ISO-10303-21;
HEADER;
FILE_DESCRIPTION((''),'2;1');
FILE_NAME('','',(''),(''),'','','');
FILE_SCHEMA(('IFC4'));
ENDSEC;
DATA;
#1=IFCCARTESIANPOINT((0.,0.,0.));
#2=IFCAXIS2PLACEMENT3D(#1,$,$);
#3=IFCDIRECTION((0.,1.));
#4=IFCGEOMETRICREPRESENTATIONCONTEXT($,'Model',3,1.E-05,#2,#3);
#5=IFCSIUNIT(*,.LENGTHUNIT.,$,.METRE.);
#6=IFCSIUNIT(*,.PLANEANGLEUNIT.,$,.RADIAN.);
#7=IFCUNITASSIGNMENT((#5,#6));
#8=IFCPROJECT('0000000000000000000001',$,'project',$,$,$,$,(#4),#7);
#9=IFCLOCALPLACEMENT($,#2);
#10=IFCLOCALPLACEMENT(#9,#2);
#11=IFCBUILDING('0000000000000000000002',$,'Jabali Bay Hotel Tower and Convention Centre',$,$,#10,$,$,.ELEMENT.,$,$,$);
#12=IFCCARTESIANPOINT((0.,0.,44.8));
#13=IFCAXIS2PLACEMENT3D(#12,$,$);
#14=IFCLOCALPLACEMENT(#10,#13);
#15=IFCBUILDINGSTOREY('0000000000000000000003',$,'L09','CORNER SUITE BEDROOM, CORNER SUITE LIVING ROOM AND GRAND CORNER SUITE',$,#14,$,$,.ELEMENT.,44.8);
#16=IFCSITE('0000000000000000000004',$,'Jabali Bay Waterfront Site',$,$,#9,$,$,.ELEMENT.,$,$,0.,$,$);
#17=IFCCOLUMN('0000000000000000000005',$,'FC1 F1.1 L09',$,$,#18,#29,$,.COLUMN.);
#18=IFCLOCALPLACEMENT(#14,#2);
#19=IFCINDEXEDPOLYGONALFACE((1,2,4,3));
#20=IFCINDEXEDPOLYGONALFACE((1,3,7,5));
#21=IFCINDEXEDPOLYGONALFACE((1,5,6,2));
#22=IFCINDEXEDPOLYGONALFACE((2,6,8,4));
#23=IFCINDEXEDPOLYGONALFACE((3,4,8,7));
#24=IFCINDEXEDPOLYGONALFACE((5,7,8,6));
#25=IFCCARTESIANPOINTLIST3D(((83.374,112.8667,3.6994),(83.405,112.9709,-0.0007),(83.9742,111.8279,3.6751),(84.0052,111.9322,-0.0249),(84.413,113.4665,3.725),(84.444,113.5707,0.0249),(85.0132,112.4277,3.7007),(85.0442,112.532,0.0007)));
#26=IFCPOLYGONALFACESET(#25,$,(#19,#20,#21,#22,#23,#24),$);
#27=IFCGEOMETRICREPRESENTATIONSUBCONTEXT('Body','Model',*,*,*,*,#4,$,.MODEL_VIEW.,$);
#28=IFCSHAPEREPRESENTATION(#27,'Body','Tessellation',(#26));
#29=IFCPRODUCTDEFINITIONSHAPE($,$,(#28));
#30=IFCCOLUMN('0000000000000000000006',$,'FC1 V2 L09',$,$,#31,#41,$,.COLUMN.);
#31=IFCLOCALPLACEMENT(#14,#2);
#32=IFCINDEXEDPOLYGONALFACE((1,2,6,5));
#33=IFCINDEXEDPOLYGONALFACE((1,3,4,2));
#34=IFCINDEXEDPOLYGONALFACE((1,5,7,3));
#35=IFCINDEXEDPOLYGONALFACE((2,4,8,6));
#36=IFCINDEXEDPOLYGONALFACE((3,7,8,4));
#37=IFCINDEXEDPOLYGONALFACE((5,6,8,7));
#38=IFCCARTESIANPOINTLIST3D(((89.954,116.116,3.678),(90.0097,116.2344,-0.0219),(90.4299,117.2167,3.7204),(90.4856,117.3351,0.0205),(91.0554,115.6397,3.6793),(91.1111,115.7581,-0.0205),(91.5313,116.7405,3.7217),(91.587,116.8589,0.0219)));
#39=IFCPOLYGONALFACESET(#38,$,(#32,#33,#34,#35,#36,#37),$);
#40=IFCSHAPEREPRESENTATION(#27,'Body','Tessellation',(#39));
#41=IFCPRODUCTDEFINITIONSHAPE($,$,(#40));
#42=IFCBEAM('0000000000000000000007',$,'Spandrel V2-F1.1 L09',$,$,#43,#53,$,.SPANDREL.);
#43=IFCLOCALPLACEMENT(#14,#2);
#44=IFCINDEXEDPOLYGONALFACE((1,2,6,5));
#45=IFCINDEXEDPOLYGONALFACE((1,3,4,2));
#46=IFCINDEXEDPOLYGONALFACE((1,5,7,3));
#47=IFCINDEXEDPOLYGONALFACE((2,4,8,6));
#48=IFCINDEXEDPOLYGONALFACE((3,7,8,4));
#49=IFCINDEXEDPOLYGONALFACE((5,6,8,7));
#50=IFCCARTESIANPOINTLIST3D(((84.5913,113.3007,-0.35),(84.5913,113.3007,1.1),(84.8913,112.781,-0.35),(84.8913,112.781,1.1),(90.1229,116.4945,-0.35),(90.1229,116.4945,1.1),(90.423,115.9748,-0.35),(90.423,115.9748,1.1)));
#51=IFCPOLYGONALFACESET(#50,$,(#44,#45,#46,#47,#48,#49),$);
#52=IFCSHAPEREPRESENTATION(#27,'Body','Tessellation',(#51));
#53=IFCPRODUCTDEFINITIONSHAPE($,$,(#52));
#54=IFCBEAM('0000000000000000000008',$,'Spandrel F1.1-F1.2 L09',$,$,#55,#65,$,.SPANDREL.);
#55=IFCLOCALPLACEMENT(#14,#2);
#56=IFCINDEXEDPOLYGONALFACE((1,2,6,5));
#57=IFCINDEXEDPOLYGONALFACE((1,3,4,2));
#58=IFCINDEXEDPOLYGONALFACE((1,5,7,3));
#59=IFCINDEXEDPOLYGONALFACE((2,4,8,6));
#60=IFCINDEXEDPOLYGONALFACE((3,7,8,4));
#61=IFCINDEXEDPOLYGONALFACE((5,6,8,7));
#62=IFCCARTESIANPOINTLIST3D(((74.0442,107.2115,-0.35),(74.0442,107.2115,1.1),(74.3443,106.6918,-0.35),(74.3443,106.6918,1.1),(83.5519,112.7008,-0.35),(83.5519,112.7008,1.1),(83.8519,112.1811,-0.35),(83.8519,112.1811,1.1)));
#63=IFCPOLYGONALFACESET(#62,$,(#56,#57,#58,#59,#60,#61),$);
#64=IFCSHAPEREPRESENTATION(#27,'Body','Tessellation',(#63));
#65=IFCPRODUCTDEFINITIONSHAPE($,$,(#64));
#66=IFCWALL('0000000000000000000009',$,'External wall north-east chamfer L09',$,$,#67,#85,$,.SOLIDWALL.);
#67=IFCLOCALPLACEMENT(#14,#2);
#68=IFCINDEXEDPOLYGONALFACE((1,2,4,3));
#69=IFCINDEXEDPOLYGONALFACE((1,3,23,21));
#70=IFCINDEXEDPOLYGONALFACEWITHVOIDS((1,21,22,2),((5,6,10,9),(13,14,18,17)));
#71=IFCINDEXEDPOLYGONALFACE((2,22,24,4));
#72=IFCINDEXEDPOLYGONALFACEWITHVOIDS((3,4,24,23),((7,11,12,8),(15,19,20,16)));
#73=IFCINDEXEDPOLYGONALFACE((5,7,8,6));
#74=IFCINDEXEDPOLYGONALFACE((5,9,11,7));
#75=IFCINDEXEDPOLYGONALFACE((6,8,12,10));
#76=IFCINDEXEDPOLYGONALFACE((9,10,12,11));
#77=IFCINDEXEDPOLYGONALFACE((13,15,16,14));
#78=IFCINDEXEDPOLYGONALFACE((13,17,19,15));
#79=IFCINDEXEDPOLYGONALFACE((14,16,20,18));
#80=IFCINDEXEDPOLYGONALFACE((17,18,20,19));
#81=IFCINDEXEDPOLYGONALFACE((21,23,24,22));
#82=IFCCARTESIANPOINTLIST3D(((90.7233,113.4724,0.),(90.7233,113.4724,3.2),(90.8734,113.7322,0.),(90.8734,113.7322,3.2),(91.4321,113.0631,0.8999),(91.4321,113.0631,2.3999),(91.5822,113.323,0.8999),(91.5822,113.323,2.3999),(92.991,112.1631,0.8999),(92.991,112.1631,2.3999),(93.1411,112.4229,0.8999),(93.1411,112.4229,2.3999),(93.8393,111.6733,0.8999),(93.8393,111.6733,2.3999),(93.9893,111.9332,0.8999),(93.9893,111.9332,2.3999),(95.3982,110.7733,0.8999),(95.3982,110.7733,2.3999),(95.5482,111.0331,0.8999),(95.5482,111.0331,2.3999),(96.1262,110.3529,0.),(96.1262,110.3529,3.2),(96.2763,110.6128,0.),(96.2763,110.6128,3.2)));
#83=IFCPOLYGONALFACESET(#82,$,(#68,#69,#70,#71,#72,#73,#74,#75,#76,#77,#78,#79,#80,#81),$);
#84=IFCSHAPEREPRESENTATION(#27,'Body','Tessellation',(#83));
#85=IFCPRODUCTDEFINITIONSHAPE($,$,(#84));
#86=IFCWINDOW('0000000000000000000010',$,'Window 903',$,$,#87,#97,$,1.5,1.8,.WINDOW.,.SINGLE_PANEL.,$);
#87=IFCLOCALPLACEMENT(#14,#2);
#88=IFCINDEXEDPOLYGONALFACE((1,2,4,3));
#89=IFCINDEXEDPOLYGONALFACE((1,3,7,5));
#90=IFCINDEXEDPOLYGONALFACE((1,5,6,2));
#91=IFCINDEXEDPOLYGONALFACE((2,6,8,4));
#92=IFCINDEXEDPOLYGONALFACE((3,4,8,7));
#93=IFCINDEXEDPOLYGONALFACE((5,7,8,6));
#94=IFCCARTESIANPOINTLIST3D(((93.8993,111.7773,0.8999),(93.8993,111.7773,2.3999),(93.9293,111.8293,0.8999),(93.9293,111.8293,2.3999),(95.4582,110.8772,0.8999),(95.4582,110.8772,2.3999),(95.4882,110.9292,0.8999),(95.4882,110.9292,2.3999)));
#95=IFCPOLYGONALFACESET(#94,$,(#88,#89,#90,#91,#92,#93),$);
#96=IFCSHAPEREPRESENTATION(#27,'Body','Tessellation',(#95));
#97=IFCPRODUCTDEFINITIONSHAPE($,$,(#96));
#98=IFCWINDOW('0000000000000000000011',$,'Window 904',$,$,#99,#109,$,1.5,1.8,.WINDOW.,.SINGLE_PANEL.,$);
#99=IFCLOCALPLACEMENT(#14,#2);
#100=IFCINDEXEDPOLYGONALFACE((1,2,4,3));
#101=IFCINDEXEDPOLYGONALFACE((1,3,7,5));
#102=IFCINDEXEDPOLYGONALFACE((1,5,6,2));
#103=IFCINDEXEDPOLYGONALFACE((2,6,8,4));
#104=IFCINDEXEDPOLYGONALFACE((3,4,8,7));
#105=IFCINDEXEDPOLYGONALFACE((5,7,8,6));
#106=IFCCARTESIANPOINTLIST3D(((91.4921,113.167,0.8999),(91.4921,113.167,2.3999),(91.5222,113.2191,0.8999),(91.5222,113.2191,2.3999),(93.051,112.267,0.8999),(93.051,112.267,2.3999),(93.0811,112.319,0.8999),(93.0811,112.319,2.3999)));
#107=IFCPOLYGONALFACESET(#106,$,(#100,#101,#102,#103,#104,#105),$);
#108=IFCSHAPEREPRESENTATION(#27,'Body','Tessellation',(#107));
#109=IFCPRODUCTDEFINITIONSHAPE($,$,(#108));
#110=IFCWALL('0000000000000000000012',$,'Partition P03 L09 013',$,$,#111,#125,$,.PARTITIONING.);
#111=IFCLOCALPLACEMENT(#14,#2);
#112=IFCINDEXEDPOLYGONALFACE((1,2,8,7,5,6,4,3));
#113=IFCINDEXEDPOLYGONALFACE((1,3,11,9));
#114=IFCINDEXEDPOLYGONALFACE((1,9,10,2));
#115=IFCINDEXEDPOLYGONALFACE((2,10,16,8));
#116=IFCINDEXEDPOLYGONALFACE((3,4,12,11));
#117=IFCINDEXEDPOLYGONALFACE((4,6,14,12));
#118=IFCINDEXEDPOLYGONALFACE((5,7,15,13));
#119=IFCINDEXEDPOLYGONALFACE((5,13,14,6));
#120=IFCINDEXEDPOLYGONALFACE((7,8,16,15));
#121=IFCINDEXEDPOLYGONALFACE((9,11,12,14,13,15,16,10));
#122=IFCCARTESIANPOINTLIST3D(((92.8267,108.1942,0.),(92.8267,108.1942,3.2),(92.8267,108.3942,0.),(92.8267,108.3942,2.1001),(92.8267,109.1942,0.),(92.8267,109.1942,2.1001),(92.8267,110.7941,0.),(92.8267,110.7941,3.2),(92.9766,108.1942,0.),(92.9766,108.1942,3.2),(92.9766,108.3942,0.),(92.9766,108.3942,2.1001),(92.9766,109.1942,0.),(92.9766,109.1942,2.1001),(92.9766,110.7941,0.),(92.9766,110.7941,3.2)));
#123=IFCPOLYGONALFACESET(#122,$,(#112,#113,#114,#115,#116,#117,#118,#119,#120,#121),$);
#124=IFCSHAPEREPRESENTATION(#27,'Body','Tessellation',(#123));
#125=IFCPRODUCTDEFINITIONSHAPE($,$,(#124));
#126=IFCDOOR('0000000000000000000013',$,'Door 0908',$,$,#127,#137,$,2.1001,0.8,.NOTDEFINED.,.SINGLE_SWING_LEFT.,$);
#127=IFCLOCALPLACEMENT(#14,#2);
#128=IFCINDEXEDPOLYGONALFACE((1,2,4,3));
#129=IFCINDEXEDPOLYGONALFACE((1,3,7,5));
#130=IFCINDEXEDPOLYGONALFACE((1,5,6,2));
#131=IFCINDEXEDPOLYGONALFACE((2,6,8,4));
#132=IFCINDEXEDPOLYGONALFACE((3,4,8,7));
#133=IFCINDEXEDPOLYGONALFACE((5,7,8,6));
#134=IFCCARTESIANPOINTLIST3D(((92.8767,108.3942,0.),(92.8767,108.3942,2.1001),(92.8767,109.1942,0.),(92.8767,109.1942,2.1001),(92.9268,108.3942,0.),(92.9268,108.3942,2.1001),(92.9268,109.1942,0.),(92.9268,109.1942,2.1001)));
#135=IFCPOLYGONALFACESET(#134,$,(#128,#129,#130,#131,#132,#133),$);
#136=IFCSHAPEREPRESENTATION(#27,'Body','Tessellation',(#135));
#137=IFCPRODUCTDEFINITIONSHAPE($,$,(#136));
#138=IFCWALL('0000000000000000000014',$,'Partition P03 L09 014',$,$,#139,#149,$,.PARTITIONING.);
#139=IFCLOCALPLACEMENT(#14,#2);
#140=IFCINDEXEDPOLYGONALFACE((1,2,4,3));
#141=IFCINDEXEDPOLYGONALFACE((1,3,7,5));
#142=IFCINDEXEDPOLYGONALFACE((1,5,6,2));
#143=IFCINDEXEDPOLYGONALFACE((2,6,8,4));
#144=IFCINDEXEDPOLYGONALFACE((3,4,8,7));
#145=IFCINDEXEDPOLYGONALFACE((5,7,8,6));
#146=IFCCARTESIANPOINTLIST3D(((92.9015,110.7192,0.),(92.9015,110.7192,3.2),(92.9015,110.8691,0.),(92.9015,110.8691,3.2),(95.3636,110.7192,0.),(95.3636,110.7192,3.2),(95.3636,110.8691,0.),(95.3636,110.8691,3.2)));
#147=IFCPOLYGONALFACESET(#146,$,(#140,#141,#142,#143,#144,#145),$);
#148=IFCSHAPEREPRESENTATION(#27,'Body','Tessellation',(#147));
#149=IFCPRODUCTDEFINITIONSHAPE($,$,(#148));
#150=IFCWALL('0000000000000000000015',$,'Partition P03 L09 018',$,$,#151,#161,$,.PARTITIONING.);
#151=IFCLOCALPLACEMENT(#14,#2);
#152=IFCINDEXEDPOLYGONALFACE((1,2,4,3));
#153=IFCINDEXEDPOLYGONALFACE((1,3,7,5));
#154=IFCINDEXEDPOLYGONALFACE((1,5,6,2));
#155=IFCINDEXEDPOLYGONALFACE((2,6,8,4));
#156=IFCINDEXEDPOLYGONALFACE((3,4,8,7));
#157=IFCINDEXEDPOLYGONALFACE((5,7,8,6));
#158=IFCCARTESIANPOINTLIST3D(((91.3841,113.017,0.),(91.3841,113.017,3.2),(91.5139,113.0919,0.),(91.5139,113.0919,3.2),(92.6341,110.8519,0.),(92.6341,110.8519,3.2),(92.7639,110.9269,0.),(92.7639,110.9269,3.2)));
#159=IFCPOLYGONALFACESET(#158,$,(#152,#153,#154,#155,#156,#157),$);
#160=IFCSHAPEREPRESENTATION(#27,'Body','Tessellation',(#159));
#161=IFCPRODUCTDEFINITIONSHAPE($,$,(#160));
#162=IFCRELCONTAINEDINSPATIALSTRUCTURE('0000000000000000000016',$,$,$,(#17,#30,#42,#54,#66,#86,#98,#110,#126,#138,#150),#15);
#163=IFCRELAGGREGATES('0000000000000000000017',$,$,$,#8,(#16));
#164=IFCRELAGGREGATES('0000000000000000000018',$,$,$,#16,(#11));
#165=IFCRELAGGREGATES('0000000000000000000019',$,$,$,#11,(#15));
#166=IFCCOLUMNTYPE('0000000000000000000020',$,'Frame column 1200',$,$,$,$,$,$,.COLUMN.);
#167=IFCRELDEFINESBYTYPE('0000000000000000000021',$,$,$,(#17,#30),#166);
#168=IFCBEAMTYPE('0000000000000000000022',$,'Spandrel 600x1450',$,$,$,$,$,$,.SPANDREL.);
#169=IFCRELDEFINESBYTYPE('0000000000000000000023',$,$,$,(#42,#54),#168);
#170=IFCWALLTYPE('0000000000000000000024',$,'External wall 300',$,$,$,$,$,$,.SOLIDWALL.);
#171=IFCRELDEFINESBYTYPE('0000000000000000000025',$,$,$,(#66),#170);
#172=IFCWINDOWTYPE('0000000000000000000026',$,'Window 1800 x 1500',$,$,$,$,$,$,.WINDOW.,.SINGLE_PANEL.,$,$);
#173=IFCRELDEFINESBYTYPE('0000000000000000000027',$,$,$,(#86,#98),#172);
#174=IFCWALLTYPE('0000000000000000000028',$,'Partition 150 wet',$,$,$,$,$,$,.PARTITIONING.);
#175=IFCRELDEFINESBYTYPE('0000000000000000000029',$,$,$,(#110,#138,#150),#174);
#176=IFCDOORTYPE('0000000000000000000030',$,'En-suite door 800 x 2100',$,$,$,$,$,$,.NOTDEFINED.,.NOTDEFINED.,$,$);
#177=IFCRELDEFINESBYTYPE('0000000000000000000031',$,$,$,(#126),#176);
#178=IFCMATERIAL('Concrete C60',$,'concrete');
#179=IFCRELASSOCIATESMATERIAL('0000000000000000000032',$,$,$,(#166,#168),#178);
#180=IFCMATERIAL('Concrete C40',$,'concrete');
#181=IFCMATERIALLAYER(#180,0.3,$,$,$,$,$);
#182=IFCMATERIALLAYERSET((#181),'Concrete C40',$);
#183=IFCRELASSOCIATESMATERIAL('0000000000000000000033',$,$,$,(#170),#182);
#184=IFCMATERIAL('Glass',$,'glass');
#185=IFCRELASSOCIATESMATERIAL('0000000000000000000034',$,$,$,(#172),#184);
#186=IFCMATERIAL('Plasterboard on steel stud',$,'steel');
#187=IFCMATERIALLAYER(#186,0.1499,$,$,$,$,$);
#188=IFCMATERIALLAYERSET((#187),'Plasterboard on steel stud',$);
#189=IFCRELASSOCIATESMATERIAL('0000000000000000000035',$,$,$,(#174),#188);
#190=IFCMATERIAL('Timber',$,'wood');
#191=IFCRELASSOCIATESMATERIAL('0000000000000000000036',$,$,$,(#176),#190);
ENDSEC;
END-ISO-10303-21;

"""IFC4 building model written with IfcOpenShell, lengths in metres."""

from ifc_helpers import new_model, si_unit, direction, frame, frame_2d, origin, origin_2d, place, context, subcontext, project, spatial, rectangle, extrude, material, layer, layer_set, material_profile, profile_set, type_object, element, fill, save


model = new_model("IFC4")

# Units and contexts
model_context = context("Model", 3, precision=1e-05, world=origin(), true_north=direction((0.0, 1.0)))
body_context = subcontext(model_context, "Body", "Model", "MODEL_VIEW")
ifc_project = project(units=[si_unit("LENGTHUNIT", "METRE"), si_unit("PLANEANGLEUNIT", "RADIAN")], contexts=[model_context])

# Site, building, storey
site_placement = place(None, origin())
site = spatial("IfcSite", under=ifc_project, at=site_placement, Name="Jabali Bay Waterfront Site", CompositionType="ELEMENT", RefElevation=0.0)
building_placement = place(site_placement, origin())
building = spatial("IfcBuilding", under=site, at=building_placement, Name="Jabali Bay Hotel Tower and Convention Centre", CompositionType="ELEMENT")
storey_placement = place(building_placement, frame((0.0, 0.0, 44.8)))
storey = spatial("IfcBuildingStorey", under=building, at=storey_placement, Name="L09", Description="CORNER SUITE BEDROOM, CORNER SUITE LIVING ROOM AND GRAND CORNER SUITE", CompositionType="ELEMENT", Elevation=44.8)

# Columns
ifc_material_1 = material(Name="Concrete C60", Category="concrete")
ifc_material_profile_1 = material_profile(ifc_material_1, rectangle(XDim=1.2, YDim=1.2, at=origin_2d()), Name="Frame column 1200")
ifc_profile_set_1 = profile_set([ifc_material_profile_1], Name="Concrete C60")
column_type = type_object("IfcColumnType", Name="Frame column 1200", PredefinedType="COLUMN", material=ifc_profile_set_1)
column_1_placement = place(storey_placement, frame((84.2246, 112.7515, 0.0), z_axis=(-0.008376, -0.028163, 0.999568), x_axis=(0.865853, 0.499842, 0.021339)))
element("IfcColumn", 1, at=column_1_placement, inside=storey, type_object=column_type, Name="FC1 F1.1 L09", PredefinedType="COLUMN", context=body_context, shape_type="SweptSolid", body=[
    extrude(rectangle(XDim=1.2, YDim=1.2, at=origin_2d()), origin(), (0.0, 0.0, 1.0), 3.7017),
])
column_2_placement = place(storey_placement, frame((90.7983, 116.5466, 0.0), z_axis=(-0.015035, -0.031983, 0.999375), x_axis=(0.91787, -0.396881, 0.001108)))
element("IfcColumn", 2, at=column_2_placement, inside=storey, type_object=column_type, Name="FC1 V2 L09", PredefinedType="COLUMN", context=body_context, shape_type="SweptSolid", body=[
    extrude(rectangle(XDim=1.2, YDim=1.2, at=origin_2d()), origin(), (0.0, 0.0, 1.0), 3.7021),
])

# Beams
ifc_material_profile_2 = material_profile(ifc_material_1, rectangle(XDim=0.6001, YDim=1.45, at=origin_2d()), Name="Spandrel 600x1450")
ifc_profile_set_2 = profile_set([ifc_material_profile_2], Name="Concrete C60")
beam_type = type_object("IfcBeamType", Name="Spandrel 600x1450", PredefinedType="SPANDREL", material=ifc_profile_set_2)
beam_1_placement = place(storey_placement, frame((90.2729, 116.2346, 0.375), z_axis=(-0.866019, -0.500011, 0.0), x_axis=(0.500011, -0.866019, 0.0)))
element("IfcBeam", 3, at=beam_1_placement, inside=storey, type_object=beam_type, Name="Spandrel V2-F1.1 L09", PredefinedType="SPANDREL", context=body_context, shape_type="SweptSolid", body=[
    extrude(rectangle(XDim=0.6001, YDim=1.45, at=origin_2d()), origin(), (0.0, 0.0, 1.0), 6.3875),
])
beam_2_placement = place(storey_placement, frame((83.7019, 112.4409, 0.375), z_axis=(-0.866023, -0.500004, 0.0), x_axis=(0.500004, -0.866023, 0.0)))
element("IfcBeam", 4, at=beam_2_placement, inside=storey, type_object=beam_type, Name="Spandrel F1.1-F1.2 L09", PredefinedType="SPANDREL", context=body_context, shape_type="SweptSolid", body=[
    extrude(rectangle(XDim=0.6001, YDim=1.45, at=origin_2d()), origin(), (0.0, 0.0, 1.0), 10.9785),
])

# Wall, openings, windows
ifc_material_2 = material(Name="Concrete C40", Category="concrete")
ifc_layer_1 = layer(ifc_material_2, 0.3)
ifc_layer_set_1 = layer_set([ifc_layer_1], Name="Concrete C40")
wall_type_1 = type_object("IfcWallType", Name="External wall 300", PredefinedType="SOLIDWALL", material=ifc_layer_set_1)
wall_1_placement = place(storey_placement, frame((90.7983, 113.6023, 0.0), z_axis=(0.0, 0.0, 1.0), x_axis=(0.866021, -0.500007, 0.0)))
wall_1 = element("IfcWall", 5, at=wall_1_placement, inside=storey, type_object=wall_type_1, Name="External wall north-east chamfer L09", PredefinedType="SOLIDWALL", context=body_context, shape_type="SweptSolid", body=[
    extrude(rectangle(XDim=6.2388, YDim=0.3, at=frame_2d((3.1194, 0.0))), origin(), (0.0, 0.0, 1.0), 3.2),
])
opening_1_placement = place(wall_1_placement, frame((3.5981, 0.0, 0.8999)))
opening_1 = element("IfcOpeningElement", 6, at=opening_1_placement, cuts=wall_1, PredefinedType="OPENING", context=body_context, shape_type="SweptSolid", body=[
    extrude(rectangle(XDim=1.8, YDim=1.5, at=frame_2d((0.8999, 0.75))), frame((0.0, 0.1606, 0.0), z_axis=(0.0, -1.0, 0.0), x_axis=(1.0, 0.0, 0.0)), (0.0, 0.0, 1.0), 0.321),
])
opening_2_placement = place(wall_1_placement, frame((0.8186, 0.0, 0.8999)))
opening_2 = element("IfcOpeningElement", 7, at=opening_2_placement, cuts=wall_1, PredefinedType="OPENING", context=body_context, shape_type="SweptSolid", body=[
    extrude(rectangle(XDim=1.8, YDim=1.5, at=frame_2d((0.8999, 0.75))), frame((0.0, 0.1606, 0.0), z_axis=(0.0, -1.0, 0.0), x_axis=(1.0, 0.0, 0.0)), (0.0, 0.0, 1.0), 0.321),
])
ifc_material_3 = material(Name="Glass", Category="glass")
window_type = type_object("IfcWindowType", Name="Window 1800 x 1500", PartitioningType="SINGLE_PANEL", PredefinedType="WINDOW", material=ifc_material_3)
window_1_placement = place(opening_1_placement, origin())
window_1 = element("IfcWindow", 8, at=window_1_placement, inside=storey, type_object=window_type, Name="Window 903", OverallHeight=1.5, OverallWidth=1.8, PartitioningType="SINGLE_PANEL", PredefinedType="WINDOW", context=body_context, shape_type="SweptSolid", body=[
    extrude(rectangle(XDim=1.8, YDim=1.5, at=frame_2d((0.8999, 0.75))), frame((0.0, 0.03, 0.0), z_axis=(0.0, -1.0, 0.0), x_axis=(1.0, 0.0, 0.0)), (0.0, 0.0, 1.0), 0.0601),
])
fill(opening_1, window_1)
window_2_placement = place(opening_2_placement, origin())
window_2 = element("IfcWindow", 9, at=window_2_placement, inside=storey, type_object=window_type, Name="Window 904", OverallHeight=1.5, OverallWidth=1.8, PartitioningType="SINGLE_PANEL", PredefinedType="WINDOW", context=body_context, shape_type="SweptSolid", body=[
    extrude(rectangle(XDim=1.8, YDim=1.5, at=frame_2d((0.8999, 0.75))), frame((0.0, 0.03, 0.0), z_axis=(0.0, -1.0, 0.0), x_axis=(1.0, 0.0, 0.0)), (0.0, 0.0, 1.0), 0.0601),
])
fill(opening_2, window_2)

# Wall, opening, door
ifc_material_4 = material(Name="Plasterboard on steel stud", Category="steel")
ifc_layer_2 = layer(ifc_material_4, 0.1499)
ifc_layer_set_2 = layer_set([ifc_layer_2], Name="Plasterboard on steel stud")
wall_type_2 = type_object("IfcWallType", Name="Partition 150 wet", PredefinedType="PARTITIONING", material=ifc_layer_set_2)
wall_2_placement = place(storey_placement, frame((92.9016, 108.1943, 0.0), z_axis=(0.0, 0.0, 1.0), x_axis=(0.0, 1.0, 0.0)))
wall_2 = element("IfcWall", 10, at=wall_2_placement, inside=storey, type_object=wall_type_2, Name="Partition P03 L09 013", PredefinedType="PARTITIONING", context=body_context, shape_type="SweptSolid", body=[
    extrude(rectangle(XDim=2.5999, YDim=0.1499, at=frame_2d((1.2998, 0.0))), origin(), (0.0, 0.0, 1.0), 3.2),
])
opening_3_placement = place(wall_2_placement, frame((0.2, 0.0, 0.0)))
opening_3 = element("IfcOpeningElement", 11, at=opening_3_placement, cuts=wall_2, PredefinedType="OPENING", context=body_context, shape_type="SweptSolid", body=[
    extrude(rectangle(XDim=0.8, YDim=2.1001, at=frame_2d((0.3999, 1.05))), frame((0.0, 0.0854, 0.0), z_axis=(0.0, -1.0, 0.0), x_axis=(1.0, 0.0, 0.0)), (0.0, 0.0, 1.0), 0.1709),
])
ifc_material_5 = material(Name="Timber", Category="wood")
door_type = type_object("IfcDoorType", Name="En-suite door 800 x 2100", OperationType="NOTDEFINED", PredefinedType="NOTDEFINED", material=ifc_material_5)
door_1_placement = place(opening_3_placement, origin())
door_1 = element("IfcDoor", 12, at=door_1_placement, inside=storey, type_object=door_type, Name="Door 0908", OperationType="SINGLE_SWING_LEFT", OverallHeight=2.1001, OverallWidth=0.8, PredefinedType="NOTDEFINED", context=body_context, shape_type="SweptSolid", body=[
    extrude(rectangle(XDim=0.8, YDim=2.1001, at=frame_2d((0.3999, 1.05))), frame((0.0, 0.0249, 0.0), z_axis=(0.0, -1.0, 0.0), x_axis=(1.0, 0.0, 0.0)), (0.0, 0.0, 1.0), 0.05),
])
fill(opening_3, door_1)

# Walls
wall_3_placement = place(storey_placement, frame((92.9016, 110.7942, 0.0), z_axis=(0.0, 0.0, 1.0), x_axis=(1.0, 0.0, 0.0)))
element("IfcWall", 13, at=wall_3_placement, inside=storey, type_object=wall_type_2, Name="Partition P03 L09 014", PredefinedType="PARTITIONING", context=body_context, shape_type="SweptSolid", body=[
    extrude(rectangle(XDim=2.4622, YDim=0.1499, at=frame_2d((1.231, 0.0))), origin(), (0.0, 0.0, 1.0), 3.2),
])
wall_4_placement = place(storey_placement, frame((91.449, 113.0544, 0.0), z_axis=(0.0, 0.0, 1.0), x_axis=(0.500004, -0.866023, 0.0)))
element("IfcWall", 14, at=wall_4_placement, inside=storey, type_object=wall_type_2, Name="Partition P03 L09 018", PredefinedType="PARTITIONING", context=body_context, shape_type="SweptSolid", body=[
    extrude(rectangle(XDim=2.5, YDim=0.1499, at=frame_2d((1.25, 0.0))), origin(), (0.0, 0.0, 1.0), 3.2),
])

save(model, "model.ifc")
